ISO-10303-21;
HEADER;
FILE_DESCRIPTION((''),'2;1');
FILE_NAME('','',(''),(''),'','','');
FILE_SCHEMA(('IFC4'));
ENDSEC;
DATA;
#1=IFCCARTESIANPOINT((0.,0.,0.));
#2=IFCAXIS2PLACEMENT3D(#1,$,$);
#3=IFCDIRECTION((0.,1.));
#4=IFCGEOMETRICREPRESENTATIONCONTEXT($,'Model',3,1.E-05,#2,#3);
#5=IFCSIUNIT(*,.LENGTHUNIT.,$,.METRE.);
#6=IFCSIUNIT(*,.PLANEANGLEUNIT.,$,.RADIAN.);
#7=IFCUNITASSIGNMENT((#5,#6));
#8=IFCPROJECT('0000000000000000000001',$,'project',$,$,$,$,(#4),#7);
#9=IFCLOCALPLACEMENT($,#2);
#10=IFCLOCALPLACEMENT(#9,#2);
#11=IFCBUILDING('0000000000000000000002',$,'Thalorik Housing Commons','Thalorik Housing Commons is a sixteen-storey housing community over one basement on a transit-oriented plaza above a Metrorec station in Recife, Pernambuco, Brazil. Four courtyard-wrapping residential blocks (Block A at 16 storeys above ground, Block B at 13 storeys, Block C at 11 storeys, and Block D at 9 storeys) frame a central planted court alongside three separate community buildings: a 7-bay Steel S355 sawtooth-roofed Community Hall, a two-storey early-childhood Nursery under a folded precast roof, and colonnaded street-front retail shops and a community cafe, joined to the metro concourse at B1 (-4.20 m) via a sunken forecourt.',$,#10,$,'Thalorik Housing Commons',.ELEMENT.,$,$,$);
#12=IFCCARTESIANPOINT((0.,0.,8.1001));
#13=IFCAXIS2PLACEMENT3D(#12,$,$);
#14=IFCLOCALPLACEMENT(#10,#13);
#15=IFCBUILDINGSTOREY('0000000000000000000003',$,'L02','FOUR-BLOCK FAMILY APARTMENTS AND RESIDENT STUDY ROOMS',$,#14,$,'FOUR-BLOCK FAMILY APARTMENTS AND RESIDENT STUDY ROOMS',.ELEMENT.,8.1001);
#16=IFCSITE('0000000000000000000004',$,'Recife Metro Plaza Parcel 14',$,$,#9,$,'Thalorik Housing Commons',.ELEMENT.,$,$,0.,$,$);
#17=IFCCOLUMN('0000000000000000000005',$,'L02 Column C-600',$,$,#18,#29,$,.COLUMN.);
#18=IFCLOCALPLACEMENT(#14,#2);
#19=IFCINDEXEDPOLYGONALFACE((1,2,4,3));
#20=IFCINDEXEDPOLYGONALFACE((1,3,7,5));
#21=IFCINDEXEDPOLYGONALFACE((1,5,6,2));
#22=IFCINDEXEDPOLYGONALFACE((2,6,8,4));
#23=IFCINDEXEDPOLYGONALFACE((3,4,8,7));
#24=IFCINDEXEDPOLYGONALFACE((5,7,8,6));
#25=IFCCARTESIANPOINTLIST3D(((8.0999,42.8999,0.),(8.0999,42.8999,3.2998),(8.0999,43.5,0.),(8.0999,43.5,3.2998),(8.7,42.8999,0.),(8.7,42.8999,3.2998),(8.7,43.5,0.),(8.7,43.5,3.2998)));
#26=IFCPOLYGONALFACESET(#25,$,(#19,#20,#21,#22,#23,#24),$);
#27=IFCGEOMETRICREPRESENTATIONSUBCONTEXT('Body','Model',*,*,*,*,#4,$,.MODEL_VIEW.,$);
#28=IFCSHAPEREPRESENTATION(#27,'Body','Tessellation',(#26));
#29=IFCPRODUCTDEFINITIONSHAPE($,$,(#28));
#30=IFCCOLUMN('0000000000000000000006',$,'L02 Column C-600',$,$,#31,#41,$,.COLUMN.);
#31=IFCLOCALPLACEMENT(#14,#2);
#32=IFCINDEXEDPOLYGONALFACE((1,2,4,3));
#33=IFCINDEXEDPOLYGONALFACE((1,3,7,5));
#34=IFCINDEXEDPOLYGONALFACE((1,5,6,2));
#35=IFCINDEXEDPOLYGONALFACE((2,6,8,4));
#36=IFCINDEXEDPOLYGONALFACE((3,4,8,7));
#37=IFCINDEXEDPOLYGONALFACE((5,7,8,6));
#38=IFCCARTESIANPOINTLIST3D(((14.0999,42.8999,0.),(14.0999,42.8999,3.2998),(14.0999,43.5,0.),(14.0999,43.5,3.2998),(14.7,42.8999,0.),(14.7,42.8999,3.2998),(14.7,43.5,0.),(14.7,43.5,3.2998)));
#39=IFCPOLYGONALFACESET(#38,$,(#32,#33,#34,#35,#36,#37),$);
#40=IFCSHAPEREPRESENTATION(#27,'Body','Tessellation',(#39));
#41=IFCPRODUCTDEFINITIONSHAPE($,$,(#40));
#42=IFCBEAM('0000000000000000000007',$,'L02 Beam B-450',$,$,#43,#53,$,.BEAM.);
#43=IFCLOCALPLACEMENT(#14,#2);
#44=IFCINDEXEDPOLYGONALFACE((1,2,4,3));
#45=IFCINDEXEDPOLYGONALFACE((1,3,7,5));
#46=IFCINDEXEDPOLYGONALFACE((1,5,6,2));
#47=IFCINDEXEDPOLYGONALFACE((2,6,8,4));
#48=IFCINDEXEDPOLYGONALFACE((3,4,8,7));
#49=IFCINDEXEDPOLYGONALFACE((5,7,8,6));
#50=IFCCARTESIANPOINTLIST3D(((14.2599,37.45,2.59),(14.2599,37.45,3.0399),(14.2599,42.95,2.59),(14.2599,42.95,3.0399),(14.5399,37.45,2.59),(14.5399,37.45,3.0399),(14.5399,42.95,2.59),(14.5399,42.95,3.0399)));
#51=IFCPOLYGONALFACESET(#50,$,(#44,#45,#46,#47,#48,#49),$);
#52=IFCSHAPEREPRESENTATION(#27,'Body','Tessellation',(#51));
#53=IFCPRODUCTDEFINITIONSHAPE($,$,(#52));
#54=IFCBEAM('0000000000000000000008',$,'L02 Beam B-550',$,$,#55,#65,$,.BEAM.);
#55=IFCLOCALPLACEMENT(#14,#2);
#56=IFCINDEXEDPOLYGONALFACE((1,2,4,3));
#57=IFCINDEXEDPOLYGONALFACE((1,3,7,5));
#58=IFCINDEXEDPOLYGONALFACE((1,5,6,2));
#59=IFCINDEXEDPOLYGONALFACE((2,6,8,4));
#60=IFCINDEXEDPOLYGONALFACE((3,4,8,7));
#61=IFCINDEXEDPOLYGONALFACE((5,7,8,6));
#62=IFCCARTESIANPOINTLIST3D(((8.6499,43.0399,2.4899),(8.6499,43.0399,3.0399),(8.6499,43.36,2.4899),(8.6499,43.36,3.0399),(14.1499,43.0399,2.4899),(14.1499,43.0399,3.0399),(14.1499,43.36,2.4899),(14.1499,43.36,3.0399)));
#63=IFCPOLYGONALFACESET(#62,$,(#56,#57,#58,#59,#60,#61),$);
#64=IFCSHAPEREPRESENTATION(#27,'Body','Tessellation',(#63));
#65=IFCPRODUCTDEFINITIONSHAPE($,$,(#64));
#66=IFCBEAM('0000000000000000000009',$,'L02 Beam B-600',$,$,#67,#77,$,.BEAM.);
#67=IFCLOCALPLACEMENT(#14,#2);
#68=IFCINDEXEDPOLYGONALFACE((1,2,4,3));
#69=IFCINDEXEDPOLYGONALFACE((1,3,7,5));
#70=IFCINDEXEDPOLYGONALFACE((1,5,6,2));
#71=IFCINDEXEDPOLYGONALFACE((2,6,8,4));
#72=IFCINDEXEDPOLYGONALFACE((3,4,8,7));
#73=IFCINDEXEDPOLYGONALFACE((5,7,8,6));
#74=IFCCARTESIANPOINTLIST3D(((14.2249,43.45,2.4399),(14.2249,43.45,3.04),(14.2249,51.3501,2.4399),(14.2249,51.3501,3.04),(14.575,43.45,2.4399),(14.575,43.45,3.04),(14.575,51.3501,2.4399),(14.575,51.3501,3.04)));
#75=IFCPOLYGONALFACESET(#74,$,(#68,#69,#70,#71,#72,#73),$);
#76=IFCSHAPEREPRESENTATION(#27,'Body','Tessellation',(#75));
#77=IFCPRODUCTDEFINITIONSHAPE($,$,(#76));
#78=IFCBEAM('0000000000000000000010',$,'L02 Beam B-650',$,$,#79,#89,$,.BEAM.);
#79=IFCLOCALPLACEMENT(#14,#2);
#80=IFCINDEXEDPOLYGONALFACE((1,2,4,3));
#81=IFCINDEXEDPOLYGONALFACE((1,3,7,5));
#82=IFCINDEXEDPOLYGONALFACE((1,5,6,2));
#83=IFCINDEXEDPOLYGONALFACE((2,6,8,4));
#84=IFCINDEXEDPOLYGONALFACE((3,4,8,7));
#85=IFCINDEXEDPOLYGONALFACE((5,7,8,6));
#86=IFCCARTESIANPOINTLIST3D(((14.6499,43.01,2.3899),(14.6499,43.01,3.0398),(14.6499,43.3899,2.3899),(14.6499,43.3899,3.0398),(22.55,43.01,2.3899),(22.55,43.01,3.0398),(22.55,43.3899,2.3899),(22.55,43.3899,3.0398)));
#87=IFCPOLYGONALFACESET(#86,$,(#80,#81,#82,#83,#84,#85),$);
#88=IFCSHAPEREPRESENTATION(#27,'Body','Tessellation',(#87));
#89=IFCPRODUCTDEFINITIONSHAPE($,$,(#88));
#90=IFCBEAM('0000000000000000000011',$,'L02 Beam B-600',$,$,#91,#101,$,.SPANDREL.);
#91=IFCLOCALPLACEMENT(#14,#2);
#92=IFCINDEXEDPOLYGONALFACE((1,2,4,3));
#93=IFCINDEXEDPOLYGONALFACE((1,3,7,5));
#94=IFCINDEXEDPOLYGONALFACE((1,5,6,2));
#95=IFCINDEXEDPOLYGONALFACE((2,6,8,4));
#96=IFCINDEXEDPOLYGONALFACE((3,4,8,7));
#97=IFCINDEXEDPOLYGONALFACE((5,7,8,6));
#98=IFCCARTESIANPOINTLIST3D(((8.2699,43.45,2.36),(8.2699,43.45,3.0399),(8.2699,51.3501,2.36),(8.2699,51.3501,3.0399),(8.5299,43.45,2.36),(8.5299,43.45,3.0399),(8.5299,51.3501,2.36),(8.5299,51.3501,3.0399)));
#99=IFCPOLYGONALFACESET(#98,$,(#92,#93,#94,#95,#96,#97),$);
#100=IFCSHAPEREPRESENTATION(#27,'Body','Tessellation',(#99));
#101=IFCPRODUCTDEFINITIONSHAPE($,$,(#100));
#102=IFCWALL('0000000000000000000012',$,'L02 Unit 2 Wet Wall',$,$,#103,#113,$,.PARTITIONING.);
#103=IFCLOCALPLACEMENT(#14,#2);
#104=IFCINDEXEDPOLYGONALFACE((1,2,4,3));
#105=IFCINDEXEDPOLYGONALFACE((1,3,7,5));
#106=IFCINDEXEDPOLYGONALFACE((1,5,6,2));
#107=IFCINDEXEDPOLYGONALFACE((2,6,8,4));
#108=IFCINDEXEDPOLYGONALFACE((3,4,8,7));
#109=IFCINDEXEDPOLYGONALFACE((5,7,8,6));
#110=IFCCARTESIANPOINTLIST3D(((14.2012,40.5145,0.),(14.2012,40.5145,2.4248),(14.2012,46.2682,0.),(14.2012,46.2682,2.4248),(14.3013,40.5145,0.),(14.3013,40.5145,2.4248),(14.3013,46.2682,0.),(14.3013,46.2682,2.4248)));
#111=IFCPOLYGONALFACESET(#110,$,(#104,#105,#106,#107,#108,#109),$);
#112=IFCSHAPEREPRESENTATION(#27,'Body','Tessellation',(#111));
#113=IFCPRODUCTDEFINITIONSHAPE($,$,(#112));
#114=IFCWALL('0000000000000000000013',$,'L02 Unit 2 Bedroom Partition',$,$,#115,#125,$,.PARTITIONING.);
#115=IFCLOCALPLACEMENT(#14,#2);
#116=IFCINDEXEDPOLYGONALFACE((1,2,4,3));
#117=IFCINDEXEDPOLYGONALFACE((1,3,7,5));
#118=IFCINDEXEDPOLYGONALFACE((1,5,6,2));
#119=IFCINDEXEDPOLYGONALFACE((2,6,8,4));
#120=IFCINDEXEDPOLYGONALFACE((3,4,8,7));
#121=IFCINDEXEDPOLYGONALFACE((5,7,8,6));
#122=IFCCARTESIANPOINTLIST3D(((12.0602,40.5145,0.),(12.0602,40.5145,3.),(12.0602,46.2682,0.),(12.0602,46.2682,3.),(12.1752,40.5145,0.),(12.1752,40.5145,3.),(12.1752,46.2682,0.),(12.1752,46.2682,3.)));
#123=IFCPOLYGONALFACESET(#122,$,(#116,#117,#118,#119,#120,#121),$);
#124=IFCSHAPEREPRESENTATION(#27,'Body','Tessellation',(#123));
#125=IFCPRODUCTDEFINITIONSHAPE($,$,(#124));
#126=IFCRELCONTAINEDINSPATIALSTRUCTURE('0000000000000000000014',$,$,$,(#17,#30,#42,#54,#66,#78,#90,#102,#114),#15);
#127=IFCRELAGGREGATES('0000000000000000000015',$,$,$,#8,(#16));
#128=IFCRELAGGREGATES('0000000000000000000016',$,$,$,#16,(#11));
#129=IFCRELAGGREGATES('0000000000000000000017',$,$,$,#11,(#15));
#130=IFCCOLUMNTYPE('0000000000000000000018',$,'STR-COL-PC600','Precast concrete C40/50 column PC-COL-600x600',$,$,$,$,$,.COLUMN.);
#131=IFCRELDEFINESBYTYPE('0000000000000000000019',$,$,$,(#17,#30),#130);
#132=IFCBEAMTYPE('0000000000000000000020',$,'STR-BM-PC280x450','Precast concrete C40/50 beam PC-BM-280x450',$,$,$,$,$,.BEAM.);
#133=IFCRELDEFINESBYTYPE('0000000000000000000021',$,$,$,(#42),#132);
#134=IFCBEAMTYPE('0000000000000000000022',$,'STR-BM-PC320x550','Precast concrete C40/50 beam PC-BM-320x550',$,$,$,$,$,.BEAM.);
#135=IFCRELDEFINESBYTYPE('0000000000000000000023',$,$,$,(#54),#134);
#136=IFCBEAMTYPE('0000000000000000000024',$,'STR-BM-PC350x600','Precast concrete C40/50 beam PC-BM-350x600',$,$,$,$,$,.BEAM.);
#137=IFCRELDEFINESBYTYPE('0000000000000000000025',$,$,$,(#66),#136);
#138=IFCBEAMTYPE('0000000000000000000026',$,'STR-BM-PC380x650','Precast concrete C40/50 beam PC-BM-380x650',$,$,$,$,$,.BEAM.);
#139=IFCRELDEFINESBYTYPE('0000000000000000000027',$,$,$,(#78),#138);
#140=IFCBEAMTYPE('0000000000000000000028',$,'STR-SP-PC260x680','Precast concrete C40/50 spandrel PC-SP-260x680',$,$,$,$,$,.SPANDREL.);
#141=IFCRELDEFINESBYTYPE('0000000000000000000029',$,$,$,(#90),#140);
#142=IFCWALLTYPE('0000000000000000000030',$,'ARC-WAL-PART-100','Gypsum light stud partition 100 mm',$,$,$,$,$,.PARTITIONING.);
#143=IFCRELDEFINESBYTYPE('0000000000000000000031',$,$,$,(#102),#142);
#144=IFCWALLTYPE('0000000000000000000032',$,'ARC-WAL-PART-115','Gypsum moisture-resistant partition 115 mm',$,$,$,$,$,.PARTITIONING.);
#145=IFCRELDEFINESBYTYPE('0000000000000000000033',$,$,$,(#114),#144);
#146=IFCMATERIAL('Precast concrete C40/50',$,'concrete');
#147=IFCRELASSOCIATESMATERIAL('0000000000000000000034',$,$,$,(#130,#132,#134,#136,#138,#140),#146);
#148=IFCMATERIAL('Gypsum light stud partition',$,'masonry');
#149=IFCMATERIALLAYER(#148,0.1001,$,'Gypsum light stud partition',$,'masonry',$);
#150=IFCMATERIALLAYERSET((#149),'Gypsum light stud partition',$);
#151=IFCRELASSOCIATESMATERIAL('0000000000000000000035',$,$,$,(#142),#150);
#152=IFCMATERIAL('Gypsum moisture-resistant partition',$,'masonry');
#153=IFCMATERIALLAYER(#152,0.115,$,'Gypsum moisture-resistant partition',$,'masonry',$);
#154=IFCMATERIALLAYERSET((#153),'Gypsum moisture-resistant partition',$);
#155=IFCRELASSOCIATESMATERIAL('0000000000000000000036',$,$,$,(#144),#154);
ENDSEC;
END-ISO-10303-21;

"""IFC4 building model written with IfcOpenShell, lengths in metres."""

from ifc_helpers import new_model, si_unit, direction, frame, frame_2d, origin, origin_2d, place, context, subcontext, project, spatial, rectangle, extrude, material, layer, layer_set, material_profile, profile_set, type_object, element, save


model = new_model("IFC4")

# Units and contexts
model_context = context("Model", 3, precision=1e-05, world=origin(), true_north=direction((0.0, 1.0)))
body_context = subcontext(model_context, "Body", "Model", "MODEL_VIEW")
ifc_project = project(units=[si_unit("LENGTHUNIT", "METRE"), si_unit("PLANEANGLEUNIT", "RADIAN")], contexts=[model_context])

# Site, building, storey
site_placement = place(None, origin())
site = spatial("IfcSite", under=ifc_project, at=site_placement, Name="Recife Metro Plaza Parcel 14", LongName="Thalorik Housing Commons", CompositionType="ELEMENT", RefElevation=0.0)
building_placement = place(site_placement, origin())
building = spatial("IfcBuilding", under=site, at=building_placement, Name="Thalorik Housing Commons", Description="Thalorik Housing Commons is a sixteen-storey housing community over one basement on a transit-oriented plaza above a Metrorec station in Recife, Pernambuco, Brazil. Four courtyard-wrapping residential blocks (Block A at 16 storeys above ground, Block B at 13 storeys, Block C at 11 storeys, and Block D at 9 storeys) frame a central planted court alongside three separate community buildings: a 7-bay Steel S355 sawtooth-roofed Community Hall, a two-storey early-childhood Nursery under a folded precast roof, and colonnaded street-front retail shops and a community cafe, joined to the metro concourse at B1 (-4.20 m) via a sunken forecourt.", LongName="Thalorik Housing Commons", CompositionType="ELEMENT")
storey_placement = place(building_placement, frame((0.0, 0.0, 8.1001)))
storey = spatial("IfcBuildingStorey", under=building, at=storey_placement, Name="L02", Description="FOUR-BLOCK FAMILY APARTMENTS AND RESIDENT STUDY ROOMS", LongName="FOUR-BLOCK FAMILY APARTMENTS AND RESIDENT STUDY ROOMS", CompositionType="ELEMENT", Elevation=8.1001)

# Columns
ifc_material_1 = material(Name="Precast concrete C40/50", Category="concrete")
ifc_material_profile_1 = material_profile(ifc_material_1, rectangle(XDim=0.6001, YDim=0.6001, at=origin_2d()), Name="PC 600x600", Category="concrete")
ifc_profile_set_1 = profile_set([ifc_material_profile_1], Name="Precast concrete C40/50")
column_type = type_object("IfcColumnType", Name="STR-COL-PC600", Description="Precast concrete C40/50 column PC-COL-600x600", PredefinedType="COLUMN", material=ifc_profile_set_1)
for number, where, z_axis, x_axis, name in (
    (1, (8.3999, 43.2, 0.0), (0.0, 0.0, 1.0), (1.0, 0.0, 0.0), "L02 Column C-600"),
    (2, (14.3999, 43.2, 0.0), (0.0, 0.0, 1.0), (1.0, 0.0, 0.0), "L02 Column C-600"),
):
    element("IfcColumn", number, at=place(storey_placement, frame(where, z_axis=z_axis, x_axis=x_axis)), inside=storey, type_object=column_type, Name=name, PredefinedType="COLUMN", context=body_context, shape_type="SweptSolid", body=[
        extrude(rectangle(XDim=0.6001, YDim=0.6001, at=origin_2d()), origin(), (0.0, 0.0, 1.0), 3.2998),
    ])

# Beams
ifc_material_profile_2 = material_profile(ifc_material_1, rectangle(XDim=0.28, YDim=0.45, at=origin_2d()), Name="PC 280x450", Category="concrete")
ifc_profile_set_2 = profile_set([ifc_material_profile_2], Name="Precast concrete C40/50")
beam_type_1 = type_object("IfcBeamType", Name="STR-BM-PC280x450", Description="Precast concrete C40/50 beam PC-BM-280x450", PredefinedType="BEAM", material=ifc_profile_set_2)
beam_1_placement = place(storey_placement, frame((14.3999, 37.45, 2.8149), z_axis=(0.0, 1.0, 0.0), x_axis=(-1.0, 0.0, 0.0)))
element("IfcBeam", 3, at=beam_1_placement, inside=storey, type_object=beam_type_1, Name="L02 Beam B-450", PredefinedType="BEAM", context=body_context, shape_type="SweptSolid", body=[
    extrude(rectangle(XDim=0.28, YDim=0.45, at=origin_2d()), origin(), (0.0, 0.0, 1.0), 5.5),
])
ifc_material_profile_3 = material_profile(ifc_material_1, rectangle(XDim=0.3201, YDim=0.55, at=origin_2d()), Name="PC 320x550", Category="concrete")
ifc_profile_set_3 = profile_set([ifc_material_profile_3], Name="Precast concrete C40/50")
beam_type_2 = type_object("IfcBeamType", Name="STR-BM-PC320x550", Description="Precast concrete C40/50 beam PC-BM-320x550", PredefinedType="BEAM", material=ifc_profile_set_3)
beam_2_placement = place(storey_placement, frame((8.6499, 43.2, 2.7649), z_axis=(1.0, 0.0, 0.0), x_axis=(0.0, 1.0, 0.0)))
element("IfcBeam", 4, at=beam_2_placement, inside=storey, type_object=beam_type_2, Name="L02 Beam B-550", PredefinedType="BEAM", context=body_context, shape_type="SweptSolid", body=[
    extrude(rectangle(XDim=0.3201, YDim=0.55, at=origin_2d()), origin(), (0.0, 0.0, 1.0), 5.5),
])
ifc_material_profile_4 = material_profile(ifc_material_1, rectangle(XDim=0.3501, YDim=0.6001, at=origin_2d()), Name="PC 350x600", Category="concrete")
ifc_profile_set_4 = profile_set([ifc_material_profile_4], Name="Precast concrete C40/50")
beam_type_3 = type_object("IfcBeamType", Name="STR-BM-PC350x600", Description="Precast concrete C40/50 beam PC-BM-350x600", PredefinedType="BEAM", material=ifc_profile_set_4)
beam_3_placement = place(storey_placement, frame((14.3999, 43.45, 2.74), z_axis=(0.0, 1.0, 0.0), x_axis=(-1.0, 0.0, 0.0)))
element("IfcBeam", 5, at=beam_3_placement, inside=storey, type_object=beam_type_3, Name="L02 Beam B-600", PredefinedType="BEAM", context=body_context, shape_type="SweptSolid", body=[
    extrude(rectangle(XDim=0.3501, YDim=0.6001, at=origin_2d()), origin(), (0.0, 0.0, 1.0), 7.9001),
])
ifc_material_profile_5 = material_profile(ifc_material_1, rectangle(XDim=0.3799, YDim=0.6499, at=origin_2d()), Name="PC 380x650", Category="concrete")
ifc_profile_set_5 = profile_set([ifc_material_profile_5], Name="Precast concrete C40/50")
beam_type_4 = type_object("IfcBeamType", Name="STR-BM-PC380x650", Description="Precast concrete C40/50 beam PC-BM-380x650", PredefinedType="BEAM", material=ifc_profile_set_5)
beam_4_placement = place(storey_placement, frame((14.6499, 43.2, 2.7148), z_axis=(1.0, 0.0, 0.0), x_axis=(0.0, 1.0, 0.0)))
element("IfcBeam", 6, at=beam_4_placement, inside=storey, type_object=beam_type_4, Name="L02 Beam B-650", PredefinedType="BEAM", context=body_context, shape_type="SweptSolid", body=[
    extrude(rectangle(XDim=0.3799, YDim=0.6499, at=origin_2d()), origin(), (0.0, 0.0, 1.0), 7.9001),
])
ifc_material_profile_6 = material_profile(ifc_material_1, rectangle(XDim=0.26, YDim=0.6799, at=origin_2d()), Name="PC SP 260x680", Category="concrete")
ifc_profile_set_6 = profile_set([ifc_material_profile_6], Name="Precast concrete C40/50")
beam_type_5 = type_object("IfcBeamType", Name="STR-SP-PC260x680", Description="Precast concrete C40/50 spandrel PC-SP-260x680", PredefinedType="SPANDREL", material=ifc_profile_set_6)
beam_5_placement = place(storey_placement, frame((8.3999, 43.45, 2.7), z_axis=(0.0, 1.0, 0.0), x_axis=(-1.0, 0.0, 0.0)))
element("IfcBeam", 7, at=beam_5_placement, inside=storey, type_object=beam_type_5, Name="L02 Beam B-600", PredefinedType="SPANDREL", context=body_context, shape_type="SweptSolid", body=[
    extrude(rectangle(XDim=0.26, YDim=0.6799, at=origin_2d()), origin(), (0.0, 0.0, 1.0), 7.9001),
])

# Walls
ifc_material_2 = material(Name="Gypsum light stud partition", Category="masonry")
ifc_layer_1 = layer(ifc_material_2, 0.1001, Name="Gypsum light stud partition", Category="masonry")
ifc_layer_set_1 = layer_set([ifc_layer_1], Name="Gypsum light stud partition")
wall_type_1 = type_object("IfcWallType", Name="ARC-WAL-PART-100", Description="Gypsum light stud partition 100 mm", PredefinedType="PARTITIONING", material=ifc_layer_set_1)
wall_1_placement = place(storey_placement, frame((14.2512, 40.5144, 0.0), z_axis=(0.0, 0.0, 1.0), x_axis=(0.0, 1.0, 0.0)))
element("IfcWall", 8, at=wall_1_placement, inside=storey, type_object=wall_type_1, Name="L02 Unit 2 Wet Wall", PredefinedType="PARTITIONING", context=body_context, shape_type="SweptSolid", body=[
    extrude(rectangle(XDim=5.7537, YDim=0.1001, at=frame_2d((2.877, 0.0))), origin(), (0.0, 0.0, 1.0), 2.4248),
])
ifc_material_3 = material(Name="Gypsum moisture-resistant partition", Category="masonry")
ifc_layer_2 = layer(ifc_material_3, 0.115, Name="Gypsum moisture-resistant partition", Category="masonry")
ifc_layer_set_2 = layer_set([ifc_layer_2], Name="Gypsum moisture-resistant partition")
wall_type_2 = type_object("IfcWallType", Name="ARC-WAL-PART-115", Description="Gypsum moisture-resistant partition 115 mm", PredefinedType="PARTITIONING", material=ifc_layer_set_2)
wall_2_placement = place(storey_placement, frame((12.1177, 40.5144, 0.0), z_axis=(0.0, 0.0, 1.0), x_axis=(0.0, 1.0, 0.0)))
element("IfcWall", 9, at=wall_2_placement, inside=storey, type_object=wall_type_2, Name="L02 Unit 2 Bedroom Partition", PredefinedType="PARTITIONING", context=body_context, shape_type="SweptSolid", body=[
    extrude(rectangle(XDim=5.7537, YDim=0.115, at=frame_2d((2.877, 0.0))), origin(), (0.0, 0.0, 1.0), 3.0),
])

save(model, "model.ifc")
